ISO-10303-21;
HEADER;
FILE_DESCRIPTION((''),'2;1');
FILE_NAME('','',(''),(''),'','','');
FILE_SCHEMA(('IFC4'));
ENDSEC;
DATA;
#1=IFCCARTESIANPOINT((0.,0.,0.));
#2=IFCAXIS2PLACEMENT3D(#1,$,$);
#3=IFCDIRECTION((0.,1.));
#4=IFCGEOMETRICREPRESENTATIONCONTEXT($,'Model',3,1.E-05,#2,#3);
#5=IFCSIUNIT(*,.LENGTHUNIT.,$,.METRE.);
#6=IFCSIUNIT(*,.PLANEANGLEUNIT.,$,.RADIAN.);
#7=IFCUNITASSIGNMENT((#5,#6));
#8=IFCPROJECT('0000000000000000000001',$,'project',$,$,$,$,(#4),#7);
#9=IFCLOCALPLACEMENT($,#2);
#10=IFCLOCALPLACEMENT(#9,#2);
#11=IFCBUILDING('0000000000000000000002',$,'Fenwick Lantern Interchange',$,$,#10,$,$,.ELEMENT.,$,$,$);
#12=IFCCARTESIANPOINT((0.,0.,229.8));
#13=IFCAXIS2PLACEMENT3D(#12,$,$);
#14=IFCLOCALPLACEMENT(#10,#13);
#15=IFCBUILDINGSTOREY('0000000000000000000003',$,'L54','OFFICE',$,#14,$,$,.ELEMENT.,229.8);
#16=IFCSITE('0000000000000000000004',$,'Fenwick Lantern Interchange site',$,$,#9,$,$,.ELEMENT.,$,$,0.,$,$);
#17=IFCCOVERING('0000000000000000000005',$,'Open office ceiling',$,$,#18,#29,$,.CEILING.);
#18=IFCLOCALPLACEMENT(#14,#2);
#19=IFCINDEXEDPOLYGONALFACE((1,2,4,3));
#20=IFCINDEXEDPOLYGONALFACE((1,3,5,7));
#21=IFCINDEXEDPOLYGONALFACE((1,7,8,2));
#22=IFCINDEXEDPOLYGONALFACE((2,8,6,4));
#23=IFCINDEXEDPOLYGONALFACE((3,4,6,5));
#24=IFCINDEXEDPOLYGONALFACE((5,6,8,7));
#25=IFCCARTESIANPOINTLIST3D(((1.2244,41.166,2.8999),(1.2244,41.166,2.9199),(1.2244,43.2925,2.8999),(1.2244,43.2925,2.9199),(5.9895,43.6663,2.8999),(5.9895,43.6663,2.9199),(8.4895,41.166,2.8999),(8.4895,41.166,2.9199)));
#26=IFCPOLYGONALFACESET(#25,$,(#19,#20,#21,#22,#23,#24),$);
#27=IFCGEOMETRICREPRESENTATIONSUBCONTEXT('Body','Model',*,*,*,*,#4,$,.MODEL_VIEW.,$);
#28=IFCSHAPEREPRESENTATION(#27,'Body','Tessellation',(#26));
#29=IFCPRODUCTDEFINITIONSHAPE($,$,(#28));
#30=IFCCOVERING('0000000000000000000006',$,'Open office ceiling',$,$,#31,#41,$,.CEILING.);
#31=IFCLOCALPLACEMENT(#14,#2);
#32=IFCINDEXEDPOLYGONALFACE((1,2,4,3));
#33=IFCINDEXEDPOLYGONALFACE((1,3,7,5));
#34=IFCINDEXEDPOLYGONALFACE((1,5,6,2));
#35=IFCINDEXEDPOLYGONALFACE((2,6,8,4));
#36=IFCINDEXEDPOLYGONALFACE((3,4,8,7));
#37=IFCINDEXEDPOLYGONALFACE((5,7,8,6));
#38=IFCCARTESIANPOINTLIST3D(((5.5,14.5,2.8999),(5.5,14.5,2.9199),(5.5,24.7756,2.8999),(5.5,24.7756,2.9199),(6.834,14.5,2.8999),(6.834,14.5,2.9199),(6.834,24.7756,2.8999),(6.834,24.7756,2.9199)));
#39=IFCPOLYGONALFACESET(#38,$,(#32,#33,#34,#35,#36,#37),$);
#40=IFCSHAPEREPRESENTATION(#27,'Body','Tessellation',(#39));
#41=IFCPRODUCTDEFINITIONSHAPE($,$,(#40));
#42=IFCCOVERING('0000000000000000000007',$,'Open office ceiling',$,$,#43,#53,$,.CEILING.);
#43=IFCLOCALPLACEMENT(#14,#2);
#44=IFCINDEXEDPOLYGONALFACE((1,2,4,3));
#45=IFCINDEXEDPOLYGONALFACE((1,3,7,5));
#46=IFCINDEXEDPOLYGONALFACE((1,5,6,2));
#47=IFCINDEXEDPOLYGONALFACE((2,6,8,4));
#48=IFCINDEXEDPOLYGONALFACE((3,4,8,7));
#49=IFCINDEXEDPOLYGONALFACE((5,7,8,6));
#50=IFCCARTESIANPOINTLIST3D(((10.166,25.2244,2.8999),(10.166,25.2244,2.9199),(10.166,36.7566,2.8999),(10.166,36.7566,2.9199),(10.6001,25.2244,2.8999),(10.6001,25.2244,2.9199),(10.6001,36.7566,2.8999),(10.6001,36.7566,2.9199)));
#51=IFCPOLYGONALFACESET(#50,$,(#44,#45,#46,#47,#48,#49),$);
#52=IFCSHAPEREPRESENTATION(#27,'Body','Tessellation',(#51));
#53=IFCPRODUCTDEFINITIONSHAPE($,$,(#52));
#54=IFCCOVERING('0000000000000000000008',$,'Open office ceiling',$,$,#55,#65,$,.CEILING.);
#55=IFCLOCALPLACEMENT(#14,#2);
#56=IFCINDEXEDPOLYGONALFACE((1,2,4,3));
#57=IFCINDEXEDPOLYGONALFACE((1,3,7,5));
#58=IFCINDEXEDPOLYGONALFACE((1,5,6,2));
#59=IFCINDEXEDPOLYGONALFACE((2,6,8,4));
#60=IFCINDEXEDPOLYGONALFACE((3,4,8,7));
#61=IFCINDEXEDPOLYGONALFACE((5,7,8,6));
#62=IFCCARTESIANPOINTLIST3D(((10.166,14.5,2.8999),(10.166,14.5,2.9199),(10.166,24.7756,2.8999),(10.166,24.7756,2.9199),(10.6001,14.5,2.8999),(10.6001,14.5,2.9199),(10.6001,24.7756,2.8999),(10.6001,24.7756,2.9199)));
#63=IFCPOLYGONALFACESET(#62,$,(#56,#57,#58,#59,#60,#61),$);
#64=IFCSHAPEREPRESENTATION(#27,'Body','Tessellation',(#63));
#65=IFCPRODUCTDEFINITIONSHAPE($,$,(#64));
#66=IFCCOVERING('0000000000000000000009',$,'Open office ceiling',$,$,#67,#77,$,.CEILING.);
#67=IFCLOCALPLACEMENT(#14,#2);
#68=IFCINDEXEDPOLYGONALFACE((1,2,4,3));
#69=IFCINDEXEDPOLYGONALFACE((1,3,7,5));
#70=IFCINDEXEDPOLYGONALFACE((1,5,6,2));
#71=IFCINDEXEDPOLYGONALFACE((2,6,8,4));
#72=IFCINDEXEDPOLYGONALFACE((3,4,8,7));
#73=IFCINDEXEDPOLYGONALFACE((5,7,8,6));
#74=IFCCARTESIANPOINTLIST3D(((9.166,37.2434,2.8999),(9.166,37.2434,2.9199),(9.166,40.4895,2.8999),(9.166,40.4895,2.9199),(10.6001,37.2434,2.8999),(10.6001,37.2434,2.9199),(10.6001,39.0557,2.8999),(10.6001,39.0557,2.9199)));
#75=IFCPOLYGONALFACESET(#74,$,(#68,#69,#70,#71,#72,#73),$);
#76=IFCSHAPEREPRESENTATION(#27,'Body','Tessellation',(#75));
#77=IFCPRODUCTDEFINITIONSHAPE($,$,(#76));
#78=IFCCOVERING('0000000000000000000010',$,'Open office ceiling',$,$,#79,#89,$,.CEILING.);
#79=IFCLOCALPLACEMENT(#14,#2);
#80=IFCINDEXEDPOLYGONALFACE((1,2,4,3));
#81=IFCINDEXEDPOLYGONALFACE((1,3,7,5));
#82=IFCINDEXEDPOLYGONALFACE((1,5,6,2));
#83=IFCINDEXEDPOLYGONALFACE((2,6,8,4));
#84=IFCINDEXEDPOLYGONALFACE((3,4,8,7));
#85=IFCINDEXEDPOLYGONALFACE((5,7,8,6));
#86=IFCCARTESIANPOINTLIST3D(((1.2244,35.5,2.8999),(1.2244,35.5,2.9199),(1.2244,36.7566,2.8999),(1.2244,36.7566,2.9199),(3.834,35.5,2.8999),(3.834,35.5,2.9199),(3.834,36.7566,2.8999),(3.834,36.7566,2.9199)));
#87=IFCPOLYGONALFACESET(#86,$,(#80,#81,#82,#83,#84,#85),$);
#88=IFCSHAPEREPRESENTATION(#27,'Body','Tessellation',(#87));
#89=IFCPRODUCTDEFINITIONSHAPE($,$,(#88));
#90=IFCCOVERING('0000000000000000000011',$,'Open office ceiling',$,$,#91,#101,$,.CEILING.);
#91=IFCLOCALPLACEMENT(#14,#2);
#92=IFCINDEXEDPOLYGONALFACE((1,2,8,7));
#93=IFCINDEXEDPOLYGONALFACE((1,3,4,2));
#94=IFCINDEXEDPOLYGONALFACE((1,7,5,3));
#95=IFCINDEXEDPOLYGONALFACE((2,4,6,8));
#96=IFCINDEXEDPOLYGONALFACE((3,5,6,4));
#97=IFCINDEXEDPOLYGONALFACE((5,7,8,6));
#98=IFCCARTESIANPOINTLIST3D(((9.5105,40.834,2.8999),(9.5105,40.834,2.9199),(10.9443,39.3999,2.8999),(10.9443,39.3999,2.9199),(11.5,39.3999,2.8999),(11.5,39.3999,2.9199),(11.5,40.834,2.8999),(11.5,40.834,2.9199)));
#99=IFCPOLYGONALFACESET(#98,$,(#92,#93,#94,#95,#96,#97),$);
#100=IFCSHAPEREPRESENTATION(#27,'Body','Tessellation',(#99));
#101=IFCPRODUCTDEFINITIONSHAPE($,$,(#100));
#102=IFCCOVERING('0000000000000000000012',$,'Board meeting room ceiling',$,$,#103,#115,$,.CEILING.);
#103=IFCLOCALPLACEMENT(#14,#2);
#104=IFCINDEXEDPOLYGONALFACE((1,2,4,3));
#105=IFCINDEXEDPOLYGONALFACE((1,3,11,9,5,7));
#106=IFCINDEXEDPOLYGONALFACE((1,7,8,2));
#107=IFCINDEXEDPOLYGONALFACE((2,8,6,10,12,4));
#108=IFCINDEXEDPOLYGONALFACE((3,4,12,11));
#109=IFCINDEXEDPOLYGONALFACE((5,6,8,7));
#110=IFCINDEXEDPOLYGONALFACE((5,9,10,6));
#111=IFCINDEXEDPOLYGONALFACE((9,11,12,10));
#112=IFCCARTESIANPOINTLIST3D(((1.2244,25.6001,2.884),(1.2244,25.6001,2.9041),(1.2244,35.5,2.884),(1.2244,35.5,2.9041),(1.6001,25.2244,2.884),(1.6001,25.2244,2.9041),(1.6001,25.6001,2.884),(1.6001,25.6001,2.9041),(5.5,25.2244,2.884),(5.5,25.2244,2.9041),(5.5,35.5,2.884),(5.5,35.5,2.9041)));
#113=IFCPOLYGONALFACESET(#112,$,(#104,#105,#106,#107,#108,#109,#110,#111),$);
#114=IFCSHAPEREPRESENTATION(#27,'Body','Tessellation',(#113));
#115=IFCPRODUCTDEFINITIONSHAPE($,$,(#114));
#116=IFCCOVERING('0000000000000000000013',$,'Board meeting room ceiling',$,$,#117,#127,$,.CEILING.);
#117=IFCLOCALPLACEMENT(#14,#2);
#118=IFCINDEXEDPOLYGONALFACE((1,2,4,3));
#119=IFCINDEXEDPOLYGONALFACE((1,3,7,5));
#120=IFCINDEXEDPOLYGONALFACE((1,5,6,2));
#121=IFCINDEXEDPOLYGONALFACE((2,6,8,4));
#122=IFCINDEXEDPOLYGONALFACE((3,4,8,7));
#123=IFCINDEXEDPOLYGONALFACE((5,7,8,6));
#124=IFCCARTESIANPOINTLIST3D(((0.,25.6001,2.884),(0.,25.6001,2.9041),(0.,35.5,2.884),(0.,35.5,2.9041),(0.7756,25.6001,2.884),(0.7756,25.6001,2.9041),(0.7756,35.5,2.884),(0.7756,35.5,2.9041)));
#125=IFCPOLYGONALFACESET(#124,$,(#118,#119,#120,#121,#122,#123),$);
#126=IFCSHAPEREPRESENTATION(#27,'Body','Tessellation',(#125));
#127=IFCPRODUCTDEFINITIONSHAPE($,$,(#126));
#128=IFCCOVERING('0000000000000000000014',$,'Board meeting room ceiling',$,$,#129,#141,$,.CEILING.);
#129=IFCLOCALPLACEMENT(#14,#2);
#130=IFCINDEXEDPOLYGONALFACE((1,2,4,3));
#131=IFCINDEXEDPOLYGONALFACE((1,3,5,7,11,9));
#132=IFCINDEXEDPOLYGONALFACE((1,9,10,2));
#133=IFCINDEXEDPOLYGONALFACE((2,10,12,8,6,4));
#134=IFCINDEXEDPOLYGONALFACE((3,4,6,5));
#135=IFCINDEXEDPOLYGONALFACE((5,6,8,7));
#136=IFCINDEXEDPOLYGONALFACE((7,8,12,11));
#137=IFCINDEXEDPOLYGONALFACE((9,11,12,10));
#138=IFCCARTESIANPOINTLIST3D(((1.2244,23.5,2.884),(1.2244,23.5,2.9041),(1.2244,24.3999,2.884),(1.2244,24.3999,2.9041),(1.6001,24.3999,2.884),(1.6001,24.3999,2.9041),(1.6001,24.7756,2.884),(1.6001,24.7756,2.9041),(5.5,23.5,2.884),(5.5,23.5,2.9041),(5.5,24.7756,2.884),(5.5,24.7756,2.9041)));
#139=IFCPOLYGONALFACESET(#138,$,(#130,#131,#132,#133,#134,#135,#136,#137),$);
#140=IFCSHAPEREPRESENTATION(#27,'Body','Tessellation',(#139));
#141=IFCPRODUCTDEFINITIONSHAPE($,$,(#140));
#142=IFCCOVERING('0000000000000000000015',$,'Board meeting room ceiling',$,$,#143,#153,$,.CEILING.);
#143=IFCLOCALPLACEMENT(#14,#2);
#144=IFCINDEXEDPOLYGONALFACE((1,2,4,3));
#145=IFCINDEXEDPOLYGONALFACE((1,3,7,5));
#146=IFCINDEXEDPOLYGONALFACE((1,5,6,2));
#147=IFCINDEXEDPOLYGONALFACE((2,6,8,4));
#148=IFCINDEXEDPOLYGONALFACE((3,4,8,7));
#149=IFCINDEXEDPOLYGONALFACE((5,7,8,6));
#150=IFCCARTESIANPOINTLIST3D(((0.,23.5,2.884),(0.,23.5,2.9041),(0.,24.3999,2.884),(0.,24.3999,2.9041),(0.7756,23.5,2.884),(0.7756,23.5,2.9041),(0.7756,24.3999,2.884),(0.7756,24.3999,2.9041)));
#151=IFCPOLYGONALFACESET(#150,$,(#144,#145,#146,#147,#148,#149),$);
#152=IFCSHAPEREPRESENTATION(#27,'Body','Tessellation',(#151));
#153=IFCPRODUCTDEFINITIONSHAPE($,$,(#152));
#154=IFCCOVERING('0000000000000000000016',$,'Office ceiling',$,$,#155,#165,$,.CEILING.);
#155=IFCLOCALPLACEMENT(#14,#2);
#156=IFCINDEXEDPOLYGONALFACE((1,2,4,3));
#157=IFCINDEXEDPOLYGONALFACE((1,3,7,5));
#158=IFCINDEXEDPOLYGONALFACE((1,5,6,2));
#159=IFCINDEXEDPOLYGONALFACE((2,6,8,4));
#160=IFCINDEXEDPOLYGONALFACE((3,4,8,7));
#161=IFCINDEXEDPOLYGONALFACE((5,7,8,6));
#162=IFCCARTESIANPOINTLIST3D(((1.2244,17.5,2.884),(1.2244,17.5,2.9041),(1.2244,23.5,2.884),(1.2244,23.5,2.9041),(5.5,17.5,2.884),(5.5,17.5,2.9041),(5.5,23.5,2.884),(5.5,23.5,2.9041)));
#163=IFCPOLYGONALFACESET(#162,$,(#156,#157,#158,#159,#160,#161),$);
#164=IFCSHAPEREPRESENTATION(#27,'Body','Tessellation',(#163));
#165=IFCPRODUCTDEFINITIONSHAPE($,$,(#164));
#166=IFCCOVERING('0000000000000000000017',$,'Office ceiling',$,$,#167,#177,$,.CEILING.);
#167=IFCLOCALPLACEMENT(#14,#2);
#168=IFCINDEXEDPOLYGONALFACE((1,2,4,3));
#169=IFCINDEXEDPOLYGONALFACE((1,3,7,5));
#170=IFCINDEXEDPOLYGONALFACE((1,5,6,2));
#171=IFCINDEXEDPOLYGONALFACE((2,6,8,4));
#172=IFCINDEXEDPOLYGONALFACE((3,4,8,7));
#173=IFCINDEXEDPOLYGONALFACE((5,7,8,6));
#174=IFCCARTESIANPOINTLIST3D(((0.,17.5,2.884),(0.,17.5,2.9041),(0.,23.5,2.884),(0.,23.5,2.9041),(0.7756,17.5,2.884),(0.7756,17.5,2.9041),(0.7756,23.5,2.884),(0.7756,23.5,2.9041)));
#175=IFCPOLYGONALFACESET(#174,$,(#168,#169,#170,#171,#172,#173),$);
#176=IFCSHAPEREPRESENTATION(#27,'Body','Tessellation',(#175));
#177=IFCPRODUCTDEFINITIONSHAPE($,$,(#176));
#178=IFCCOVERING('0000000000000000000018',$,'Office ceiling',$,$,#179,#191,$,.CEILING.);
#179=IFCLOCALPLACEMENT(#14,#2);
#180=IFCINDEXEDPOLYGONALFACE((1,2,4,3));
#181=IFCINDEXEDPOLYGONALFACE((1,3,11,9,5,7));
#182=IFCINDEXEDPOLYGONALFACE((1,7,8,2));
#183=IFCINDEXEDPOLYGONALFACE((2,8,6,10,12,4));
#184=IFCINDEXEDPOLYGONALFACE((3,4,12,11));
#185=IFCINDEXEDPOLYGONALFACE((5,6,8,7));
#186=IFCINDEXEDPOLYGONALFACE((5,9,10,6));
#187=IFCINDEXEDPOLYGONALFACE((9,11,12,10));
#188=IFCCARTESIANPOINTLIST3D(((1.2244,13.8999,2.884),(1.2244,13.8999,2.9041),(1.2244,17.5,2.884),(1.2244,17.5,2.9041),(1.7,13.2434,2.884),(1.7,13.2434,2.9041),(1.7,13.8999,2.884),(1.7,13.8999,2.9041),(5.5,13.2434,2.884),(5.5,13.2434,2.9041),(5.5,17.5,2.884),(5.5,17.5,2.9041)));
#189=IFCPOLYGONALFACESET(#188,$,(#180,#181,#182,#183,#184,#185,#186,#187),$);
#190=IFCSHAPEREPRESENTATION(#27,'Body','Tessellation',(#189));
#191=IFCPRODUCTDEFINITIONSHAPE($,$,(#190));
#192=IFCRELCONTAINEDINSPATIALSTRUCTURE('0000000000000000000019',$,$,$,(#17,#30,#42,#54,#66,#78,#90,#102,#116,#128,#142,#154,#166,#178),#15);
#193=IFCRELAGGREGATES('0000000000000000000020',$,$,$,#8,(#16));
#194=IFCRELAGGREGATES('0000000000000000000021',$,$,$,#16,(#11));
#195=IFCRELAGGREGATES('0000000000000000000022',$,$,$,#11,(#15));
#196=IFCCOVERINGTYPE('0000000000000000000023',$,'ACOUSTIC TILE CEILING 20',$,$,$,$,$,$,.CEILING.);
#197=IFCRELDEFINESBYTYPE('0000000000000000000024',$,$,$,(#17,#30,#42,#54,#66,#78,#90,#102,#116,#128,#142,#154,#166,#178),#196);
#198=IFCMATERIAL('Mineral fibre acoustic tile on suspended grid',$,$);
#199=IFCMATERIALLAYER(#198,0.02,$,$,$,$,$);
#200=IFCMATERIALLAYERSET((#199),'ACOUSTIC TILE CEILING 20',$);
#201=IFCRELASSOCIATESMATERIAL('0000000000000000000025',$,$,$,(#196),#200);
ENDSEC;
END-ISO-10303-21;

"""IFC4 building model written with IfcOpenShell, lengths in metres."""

from ifc_helpers import new_model, si_unit, direction, frame, origin, place, context, subcontext, project, spatial, polyline, outline, extrude, material, layer, layer_set, type_object, element, save


model = new_model("IFC4")

# Units and contexts
model_context = context("Model", 3, precision=1e-05, world=origin(), true_north=direction((0.0, 1.0)))
body_context = subcontext(model_context, "Body", "Model", "MODEL_VIEW")
ifc_project = project(units=[si_unit("LENGTHUNIT", "METRE"), si_unit("PLANEANGLEUNIT", "RADIAN")], contexts=[model_context])

# Site, building, storey
site_placement = place(None, origin())
site = spatial("IfcSite", under=ifc_project, at=site_placement, Name="Fenwick Lantern Interchange site", CompositionType="ELEMENT", RefElevation=0.0)
building_placement = place(site_placement, origin())
building = spatial("IfcBuilding", under=site, at=building_placement, Name="Fenwick Lantern Interchange", CompositionType="ELEMENT")
storey_placement = place(building_placement, frame((0.0, 0.0, 229.8)))
storey = spatial("IfcBuildingStorey", under=building, at=storey_placement, Name="L54", Description="OFFICE", CompositionType="ELEMENT", Elevation=229.8)

# Coverings
ifc_material_1 = material(Name="Mineral fibre acoustic tile on suspended grid")
ifc_layer_1 = layer(ifc_material_1, 0.02)
ifc_layer_set_1 = layer_set([ifc_layer_1], Name="ACOUSTIC TILE CEILING 20")
covering_type_1 = type_object("IfcCoveringType", Name="ACOUSTIC TILE CEILING 20", PredefinedType="CEILING", material=ifc_layer_set_1)
covering_1_placement = place(storey_placement, frame((0.0, 0.0, 2.8999)))
element("IfcCovering", 1, at=covering_1_placement, inside=storey, type_object=covering_type_1, Name="Open office ceiling", PredefinedType="CEILING", context=body_context, shape_type="SweptSolid", body=[
    extrude(outline(polyline([(5.9895, 43.6663), (1.2244, 43.2925), (1.2244, 41.166), (8.4895, 41.166), (5.9895, 43.6663)])), origin(), (0.0, 0.0, 1.0), 0.02),
])
covering_2_placement = place(storey_placement, frame((0.0, 0.0, 2.8999)))
element("IfcCovering", 2, at=covering_2_placement, inside=storey, type_object=covering_type_1, Name="Open office ceiling", PredefinedType="CEILING", context=body_context, shape_type="SweptSolid", body=[
    extrude(outline(polyline([(5.5, 14.5), (6.834, 14.5), (6.834, 24.7756), (5.5, 24.7756), (5.5, 14.5)])), origin(), (0.0, 0.0, 1.0), 0.02),
])
covering_3_placement = place(storey_placement, frame((0.0, 0.0, 2.8999)))
element("IfcCovering", 3, at=covering_3_placement, inside=storey, type_object=covering_type_1, Name="Open office ceiling", PredefinedType="CEILING", context=body_context, shape_type="SweptSolid", body=[
    extrude(outline(polyline([(10.6001, 25.2244), (10.6001, 36.7566), (10.166, 36.7566), (10.166, 25.2244), (10.6001, 25.2244)])), origin(), (0.0, 0.0, 1.0), 0.02),
])
covering_4_placement = place(storey_placement, frame((0.0, 0.0, 2.8999)))
element("IfcCovering", 4, at=covering_4_placement, inside=storey, type_object=covering_type_1, Name="Open office ceiling", PredefinedType="CEILING", context=body_context, shape_type="SweptSolid", body=[
    extrude(outline(polyline([(10.6001, 14.5), (10.6001, 24.7756), (10.166, 24.7756), (10.166, 14.5), (10.6001, 14.5)])), origin(), (0.0, 0.0, 1.0), 0.02),
])
covering_5_placement = place(storey_placement, frame((0.0, 0.0, 2.8999)))
element("IfcCovering", 5, at=covering_5_placement, inside=storey, type_object=covering_type_1, Name="Open office ceiling", PredefinedType="CEILING", context=body_context, shape_type="SweptSolid", body=[
    extrude(outline(polyline([(10.6001, 37.2434), (10.6001, 39.0557), (9.166, 40.4895), (9.166, 37.2434), (10.6001, 37.2434)])), origin(), (0.0, 0.0, 1.0), 0.02),
])
covering_6_placement = place(storey_placement, frame((0.0, 0.0, 2.8999)))
element("IfcCovering", 6, at=covering_6_placement, inside=storey, type_object=covering_type_1, Name="Open office ceiling", PredefinedType="CEILING", context=body_context, shape_type="SweptSolid", body=[
    extrude(outline(polyline([(1.2244, 35.5), (3.834, 35.5), (3.834, 36.7566), (1.2244, 36.7566), (1.2244, 35.5)])), origin(), (0.0, 0.0, 1.0), 0.02),
])
covering_7_placement = place(storey_placement, frame((0.0, 0.0, 2.8999)))
element("IfcCovering", 7, at=covering_7_placement, inside=storey, type_object=covering_type_1, Name="Open office ceiling", PredefinedType="CEILING", context=body_context, shape_type="SweptSolid", body=[
    extrude(outline(polyline([(11.5, 39.3999), (11.5, 40.834), (9.5105, 40.834), (10.9443, 39.3999), (11.5, 39.3999)])), origin(), (0.0, 0.0, 1.0), 0.02),
])
covering_8_placement = place(storey_placement, frame((0.0, 0.0, 2.884)))
element("IfcCovering", 8, at=covering_8_placement, inside=storey, type_object=covering_type_1, Name="Board meeting room ceiling", PredefinedType="CEILING", context=body_context, shape_type="SweptSolid", body=[
    extrude(outline(polyline([(5.5, 25.2244), (5.5, 35.5), (1.2244, 35.5), (1.2244, 25.6001), (1.6001, 25.6001), (1.6001, 25.2244), (5.5, 25.2244)])), origin(), (0.0, 0.0, 1.0), 0.02),
])
covering_9_placement = place(storey_placement, frame((0.0, 0.0, 2.884)))
element("IfcCovering", 9, at=covering_9_placement, inside=storey, type_object=covering_type_1, Name="Board meeting room ceiling", PredefinedType="CEILING", context=body_context, shape_type="SweptSolid", body=[
    extrude(outline(polyline([(0.0, 25.6001), (0.7756, 25.6001), (0.7756, 35.5), (0.0, 35.5), (0.0, 25.6001)])), origin(), (0.0, 0.0, 1.0), 0.02),
])
covering_10_placement = place(storey_placement, frame((0.0, 0.0, 2.884)))
element("IfcCovering", 10, at=covering_10_placement, inside=storey, type_object=covering_type_1, Name="Board meeting room ceiling", PredefinedType="CEILING", context=body_context, shape_type="SweptSolid", body=[
    extrude(outline(polyline([(5.5, 23.5), (5.5, 24.7756), (1.6001, 24.7756), (1.6001, 24.3999), (1.2244, 24.3999), (1.2244, 23.5), (5.5, 23.5)])), origin(), (0.0, 0.0, 1.0), 0.02),
])
covering_11_placement = place(storey_placement, frame((0.0, 0.0, 2.884)))
element("IfcCovering", 11, at=covering_11_placement, inside=storey, type_object=covering_type_1, Name="Board meeting room ceiling", PredefinedType="CEILING", context=body_context, shape_type="SweptSolid", body=[
    extrude(outline(polyline([(0.0, 23.5), (0.7756, 23.5), (0.7756, 24.3999), (0.0, 24.3999), (0.0, 23.5)])), origin(), (0.0, 0.0, 1.0), 0.02),
])
covering_12_placement = place(storey_placement, frame((0.0, 0.0, 2.884)))
element("IfcCovering", 12, at=covering_12_placement, inside=storey, type_object=covering_type_1, Name="Office ceiling", PredefinedType="CEILING", context=body_context, shape_type="SweptSolid", body=[
    extrude(outline(polyline([(5.5, 23.5), (1.2244, 23.5), (1.2244, 17.5), (5.5, 17.5), (5.5, 23.5)])), origin(), (0.0, 0.0, 1.0), 0.02),
])
covering_13_placement = place(storey_placement, frame((0.0, 0.0, 2.884)))
element("IfcCovering", 13, at=covering_13_placement, inside=storey, type_object=covering_type_1, Name="Office ceiling", PredefinedType="CEILING", context=body_context, shape_type="SweptSolid", body=[
    extrude(outline(polyline([(0.0, 17.5), (0.7756, 17.5), (0.7756, 23.5), (0.0, 23.5), (0.0, 17.5)])), origin(), (0.0, 0.0, 1.0), 0.02),
])
covering_14_placement = place(storey_placement, frame((0.0, 0.0, 2.884)))
element("IfcCovering", 14, at=covering_14_placement, inside=storey, type_object=covering_type_1, Name="Office ceiling", PredefinedType="CEILING", context=body_context, shape_type="SweptSolid", body=[
    extrude(outline(polyline([(5.5, 17.5), (1.2244, 17.5), (1.2244, 13.8999), (1.7, 13.8999), (1.7, 13.2434), (5.5, 13.2434), (5.5, 17.5)])), origin(), (0.0, 0.0, 1.0), 0.02),
])

save(model, "model.ifc")
